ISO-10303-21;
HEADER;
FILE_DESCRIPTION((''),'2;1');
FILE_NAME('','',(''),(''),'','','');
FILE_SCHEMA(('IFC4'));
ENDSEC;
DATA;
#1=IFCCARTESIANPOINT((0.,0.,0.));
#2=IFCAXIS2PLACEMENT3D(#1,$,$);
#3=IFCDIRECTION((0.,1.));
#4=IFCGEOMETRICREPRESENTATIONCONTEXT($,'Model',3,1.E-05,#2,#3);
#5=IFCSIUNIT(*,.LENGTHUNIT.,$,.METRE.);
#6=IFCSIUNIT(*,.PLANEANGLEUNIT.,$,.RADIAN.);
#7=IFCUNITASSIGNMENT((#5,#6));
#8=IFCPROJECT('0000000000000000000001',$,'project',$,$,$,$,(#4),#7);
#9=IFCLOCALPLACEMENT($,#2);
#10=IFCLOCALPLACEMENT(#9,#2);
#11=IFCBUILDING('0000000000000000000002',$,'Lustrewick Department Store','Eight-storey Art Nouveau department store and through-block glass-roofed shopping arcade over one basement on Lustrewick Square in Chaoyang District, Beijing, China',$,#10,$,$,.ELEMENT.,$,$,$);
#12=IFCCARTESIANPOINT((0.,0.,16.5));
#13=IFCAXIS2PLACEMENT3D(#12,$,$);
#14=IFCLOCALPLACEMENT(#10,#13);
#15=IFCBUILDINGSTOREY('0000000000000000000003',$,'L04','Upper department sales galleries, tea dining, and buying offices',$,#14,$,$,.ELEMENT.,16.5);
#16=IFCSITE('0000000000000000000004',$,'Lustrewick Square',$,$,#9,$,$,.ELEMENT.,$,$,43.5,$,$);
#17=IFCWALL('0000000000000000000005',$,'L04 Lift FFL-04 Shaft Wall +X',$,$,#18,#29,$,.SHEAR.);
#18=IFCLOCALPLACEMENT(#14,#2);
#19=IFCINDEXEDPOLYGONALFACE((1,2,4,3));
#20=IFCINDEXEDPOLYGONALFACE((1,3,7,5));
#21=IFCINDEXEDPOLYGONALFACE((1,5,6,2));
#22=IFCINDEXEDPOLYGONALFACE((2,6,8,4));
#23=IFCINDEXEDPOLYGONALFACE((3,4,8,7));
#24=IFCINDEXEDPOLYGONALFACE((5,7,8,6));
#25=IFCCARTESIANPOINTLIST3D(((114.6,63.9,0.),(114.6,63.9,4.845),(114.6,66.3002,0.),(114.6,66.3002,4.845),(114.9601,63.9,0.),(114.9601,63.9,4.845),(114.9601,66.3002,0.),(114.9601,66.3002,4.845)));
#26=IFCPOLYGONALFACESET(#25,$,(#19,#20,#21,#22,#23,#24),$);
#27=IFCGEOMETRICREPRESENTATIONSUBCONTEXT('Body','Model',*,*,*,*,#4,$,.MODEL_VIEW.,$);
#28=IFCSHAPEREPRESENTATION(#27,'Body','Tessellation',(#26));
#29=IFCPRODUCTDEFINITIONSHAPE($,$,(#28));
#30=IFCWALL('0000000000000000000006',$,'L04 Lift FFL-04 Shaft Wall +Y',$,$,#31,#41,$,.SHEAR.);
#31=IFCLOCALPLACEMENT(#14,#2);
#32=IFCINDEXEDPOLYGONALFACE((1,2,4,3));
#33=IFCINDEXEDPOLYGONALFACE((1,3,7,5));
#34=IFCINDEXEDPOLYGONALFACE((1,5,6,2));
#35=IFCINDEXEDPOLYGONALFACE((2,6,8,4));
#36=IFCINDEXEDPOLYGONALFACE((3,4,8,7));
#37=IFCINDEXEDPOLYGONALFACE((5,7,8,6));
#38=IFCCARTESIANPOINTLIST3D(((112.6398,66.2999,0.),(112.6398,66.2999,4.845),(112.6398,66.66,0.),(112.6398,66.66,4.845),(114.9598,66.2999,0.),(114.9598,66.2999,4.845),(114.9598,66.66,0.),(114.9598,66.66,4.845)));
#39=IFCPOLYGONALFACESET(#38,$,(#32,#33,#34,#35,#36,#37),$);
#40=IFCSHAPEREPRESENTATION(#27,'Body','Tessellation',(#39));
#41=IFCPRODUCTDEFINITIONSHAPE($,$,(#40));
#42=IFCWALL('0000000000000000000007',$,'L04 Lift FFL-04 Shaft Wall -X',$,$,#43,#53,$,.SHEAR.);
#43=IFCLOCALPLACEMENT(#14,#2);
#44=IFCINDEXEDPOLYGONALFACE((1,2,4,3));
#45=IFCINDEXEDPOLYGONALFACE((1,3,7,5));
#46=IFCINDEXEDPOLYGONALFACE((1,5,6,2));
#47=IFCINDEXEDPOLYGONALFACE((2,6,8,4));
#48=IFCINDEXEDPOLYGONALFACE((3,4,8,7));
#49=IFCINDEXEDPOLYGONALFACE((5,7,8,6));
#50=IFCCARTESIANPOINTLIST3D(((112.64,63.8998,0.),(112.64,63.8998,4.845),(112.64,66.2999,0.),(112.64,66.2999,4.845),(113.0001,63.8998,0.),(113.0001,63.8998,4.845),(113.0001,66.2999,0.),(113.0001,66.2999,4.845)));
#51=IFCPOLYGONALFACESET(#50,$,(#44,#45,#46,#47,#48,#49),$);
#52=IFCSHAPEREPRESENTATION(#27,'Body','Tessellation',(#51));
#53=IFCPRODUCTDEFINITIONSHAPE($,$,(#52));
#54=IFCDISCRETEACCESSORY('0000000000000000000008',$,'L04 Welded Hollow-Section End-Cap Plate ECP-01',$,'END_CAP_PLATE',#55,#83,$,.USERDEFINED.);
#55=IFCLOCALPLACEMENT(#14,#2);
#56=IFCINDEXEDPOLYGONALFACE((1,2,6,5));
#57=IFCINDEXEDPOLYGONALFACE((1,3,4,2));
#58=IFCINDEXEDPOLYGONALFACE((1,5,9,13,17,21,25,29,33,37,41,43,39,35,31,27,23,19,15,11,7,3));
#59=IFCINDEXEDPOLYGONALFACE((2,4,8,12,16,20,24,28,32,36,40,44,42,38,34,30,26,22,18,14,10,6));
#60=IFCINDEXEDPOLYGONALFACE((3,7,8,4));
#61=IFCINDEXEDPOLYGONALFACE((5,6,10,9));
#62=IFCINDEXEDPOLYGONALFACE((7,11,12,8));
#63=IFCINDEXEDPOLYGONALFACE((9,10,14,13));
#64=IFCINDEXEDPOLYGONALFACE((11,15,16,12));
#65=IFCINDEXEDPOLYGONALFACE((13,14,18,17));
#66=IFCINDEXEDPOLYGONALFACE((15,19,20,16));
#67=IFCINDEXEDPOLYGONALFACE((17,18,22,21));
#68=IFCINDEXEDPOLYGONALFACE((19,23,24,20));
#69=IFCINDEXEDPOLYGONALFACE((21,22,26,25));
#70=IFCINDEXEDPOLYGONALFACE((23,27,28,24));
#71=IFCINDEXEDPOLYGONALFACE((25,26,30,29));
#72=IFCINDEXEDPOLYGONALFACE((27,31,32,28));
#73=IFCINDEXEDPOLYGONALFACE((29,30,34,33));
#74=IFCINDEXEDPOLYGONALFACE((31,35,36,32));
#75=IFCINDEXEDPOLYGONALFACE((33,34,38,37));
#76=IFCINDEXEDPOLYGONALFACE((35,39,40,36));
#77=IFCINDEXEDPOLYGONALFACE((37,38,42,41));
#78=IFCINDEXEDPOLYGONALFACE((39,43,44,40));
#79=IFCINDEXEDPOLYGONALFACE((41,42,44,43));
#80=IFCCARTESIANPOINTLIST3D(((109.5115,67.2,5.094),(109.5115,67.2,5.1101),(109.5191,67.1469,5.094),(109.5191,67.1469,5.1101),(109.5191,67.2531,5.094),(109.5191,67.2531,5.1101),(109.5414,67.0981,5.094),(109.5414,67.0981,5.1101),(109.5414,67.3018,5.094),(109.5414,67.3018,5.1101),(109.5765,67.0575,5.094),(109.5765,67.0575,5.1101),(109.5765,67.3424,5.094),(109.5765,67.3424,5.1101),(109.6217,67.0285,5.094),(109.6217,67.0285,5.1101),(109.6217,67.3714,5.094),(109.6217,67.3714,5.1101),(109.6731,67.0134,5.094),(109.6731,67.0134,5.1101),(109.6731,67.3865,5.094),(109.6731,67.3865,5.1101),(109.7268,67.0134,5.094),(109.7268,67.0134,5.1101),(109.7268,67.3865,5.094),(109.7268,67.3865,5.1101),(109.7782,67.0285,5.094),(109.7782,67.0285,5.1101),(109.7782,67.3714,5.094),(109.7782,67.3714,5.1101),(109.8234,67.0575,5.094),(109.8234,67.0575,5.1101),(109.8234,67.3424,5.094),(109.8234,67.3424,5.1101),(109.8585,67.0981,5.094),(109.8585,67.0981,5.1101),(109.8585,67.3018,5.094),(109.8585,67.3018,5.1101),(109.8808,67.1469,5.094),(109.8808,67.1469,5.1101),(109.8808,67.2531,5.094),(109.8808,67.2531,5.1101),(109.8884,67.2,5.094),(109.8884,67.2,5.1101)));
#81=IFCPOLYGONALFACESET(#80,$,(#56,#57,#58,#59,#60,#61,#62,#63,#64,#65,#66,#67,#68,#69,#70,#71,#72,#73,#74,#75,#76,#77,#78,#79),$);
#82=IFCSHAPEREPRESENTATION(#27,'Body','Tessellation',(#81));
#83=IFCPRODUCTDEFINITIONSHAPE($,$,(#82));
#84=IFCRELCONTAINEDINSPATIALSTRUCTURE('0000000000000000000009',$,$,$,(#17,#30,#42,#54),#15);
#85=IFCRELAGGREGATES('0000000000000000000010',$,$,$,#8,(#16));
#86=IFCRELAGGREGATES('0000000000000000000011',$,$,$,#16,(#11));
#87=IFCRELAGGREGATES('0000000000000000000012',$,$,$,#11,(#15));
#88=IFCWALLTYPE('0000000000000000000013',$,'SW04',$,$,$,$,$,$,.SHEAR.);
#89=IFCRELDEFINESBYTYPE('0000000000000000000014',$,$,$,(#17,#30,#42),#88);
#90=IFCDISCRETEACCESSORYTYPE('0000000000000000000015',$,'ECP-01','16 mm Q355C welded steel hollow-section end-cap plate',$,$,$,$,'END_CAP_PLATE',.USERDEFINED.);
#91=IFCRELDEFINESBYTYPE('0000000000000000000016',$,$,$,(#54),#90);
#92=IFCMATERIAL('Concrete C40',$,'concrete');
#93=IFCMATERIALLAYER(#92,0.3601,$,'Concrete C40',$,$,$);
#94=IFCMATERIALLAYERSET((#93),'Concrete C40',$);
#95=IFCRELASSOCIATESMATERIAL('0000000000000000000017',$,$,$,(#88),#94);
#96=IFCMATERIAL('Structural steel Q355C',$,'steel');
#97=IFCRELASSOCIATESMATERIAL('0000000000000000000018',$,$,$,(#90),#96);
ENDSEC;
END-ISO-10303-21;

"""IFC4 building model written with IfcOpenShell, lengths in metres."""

from ifc_helpers import new_model, si_unit, direction, frame, frame_2d, origin, origin_2d, place, context, subcontext, project, spatial, rectangle, circle, extrude, material, layer, layer_set, type_object, element, save


model = new_model("IFC4")

# Units and contexts
model_context = context("Model", 3, precision=1e-05, world=origin(), true_north=direction((0.0, 1.0)))
body_context = subcontext(model_context, "Body", "Model", "MODEL_VIEW")
ifc_project = project(units=[si_unit("LENGTHUNIT", "METRE"), si_unit("PLANEANGLEUNIT", "RADIAN")], contexts=[model_context])

# Site, building, storey
site_placement = place(None, origin())
site = spatial("IfcSite", under=ifc_project, at=site_placement, Name="Lustrewick Square", CompositionType="ELEMENT", RefElevation=43.5)
building_placement = place(site_placement, origin())
building = spatial("IfcBuilding", under=site, at=building_placement, Name="Lustrewick Department Store", Description="Eight-storey Art Nouveau department store and through-block glass-roofed shopping arcade over one basement on Lustrewick Square in Chaoyang District, Beijing, China", CompositionType="ELEMENT")
storey_placement = place(building_placement, frame((0.0, 0.0, 16.5)))
storey = spatial("IfcBuildingStorey", under=building, at=storey_placement, Name="L04", Description="Upper department sales galleries, tea dining, and buying offices", CompositionType="ELEMENT", Elevation=16.5)

# Shared definitions
ifc_material_1 = material(Name="Structural steel Q355C", Category="steel")

# Shared definitions
ifc_material_2 = material(Name="Concrete C40", Category="concrete")
ifc_layer_1 = layer(ifc_material_2, 0.3601, Name="Concrete C40")
ifc_layer_set_1 = layer_set([ifc_layer_1], Name="Concrete C40")
wall_type_1 = type_object("IfcWallType", Name="SW04", PredefinedType="SHEAR", material=ifc_layer_set_1)

# Walls
wall_1_placement = place(storey_placement, frame((114.78, 63.8999, 0.0), z_axis=(0.0, 0.0, 1.0), x_axis=(0.0, 1.0, 0.0)))
element("IfcWall", 1, at=wall_1_placement, inside=storey, type_object=wall_type_1, Name="L04 Lift FFL-04 Shaft Wall +X", PredefinedType="SHEAR", context=body_context, shape_type="SweptSolid", body=[
    extrude(rectangle(XDim=2.4001, YDim=0.3601, at=frame_2d((1.2002, 0.0))), origin(), (0.0, 0.0, 1.0), 4.845),
])
wall_2_placement = place(storey_placement, frame((114.96, 66.48, 0.0), z_axis=(0.0, 0.0, 1.0), x_axis=(-1.0, 0.0, 0.0)))
element("IfcWall", 2, at=wall_2_placement, inside=storey, type_object=wall_type_1, Name="L04 Lift FFL-04 Shaft Wall +Y", PredefinedType="SHEAR", context=body_context, shape_type="SweptSolid", body=[
    extrude(rectangle(XDim=2.3201, YDim=0.3601, at=frame_2d((1.1602, 0.0))), origin(), (0.0, 0.0, 1.0), 4.845),
])
wall_3_placement = place(storey_placement, frame((112.8201, 66.3, 0.0), z_axis=(0.0, 0.0, 1.0), x_axis=(0.0, -1.0, 0.0)))
element("IfcWall", 3, at=wall_3_placement, inside=storey, type_object=wall_type_1, Name="L04 Lift FFL-04 Shaft Wall -X", PredefinedType="SHEAR", context=body_context, shape_type="SweptSolid", body=[
    extrude(rectangle(XDim=2.4001, YDim=0.3601, at=frame_2d((1.2002, 0.0))), origin(), (0.0, 0.0, 1.0), 4.845),
])

# Discrete accessory
discrete_accessory_type = type_object("IfcDiscreteAccessoryType", Name="ECP-01", Description="16 mm Q355C welded steel hollow-section end-cap plate", ElementType="END_CAP_PLATE", PredefinedType="USERDEFINED", material=ifc_material_1)
discrete_accessory_placement = place(storey_placement, frame((109.7, 67.2, 5.094), z_axis=(0.0, 0.0, 1.0), x_axis=(1.0, 0.0, 0.0)))
element("IfcDiscreteAccessory", 4, at=discrete_accessory_placement, inside=storey, type_object=discrete_accessory_type, Name="L04 Welded Hollow-Section End-Cap Plate ECP-01", ObjectType="END_CAP_PLATE", PredefinedType="USERDEFINED", context=body_context, shape_type="SweptSolid", body=[
    extrude(circle(Radius=0.1885, at=origin_2d()), origin(), (0.0, 0.0, 1.0), 0.0161),
])

save(model, "model.ifc")
